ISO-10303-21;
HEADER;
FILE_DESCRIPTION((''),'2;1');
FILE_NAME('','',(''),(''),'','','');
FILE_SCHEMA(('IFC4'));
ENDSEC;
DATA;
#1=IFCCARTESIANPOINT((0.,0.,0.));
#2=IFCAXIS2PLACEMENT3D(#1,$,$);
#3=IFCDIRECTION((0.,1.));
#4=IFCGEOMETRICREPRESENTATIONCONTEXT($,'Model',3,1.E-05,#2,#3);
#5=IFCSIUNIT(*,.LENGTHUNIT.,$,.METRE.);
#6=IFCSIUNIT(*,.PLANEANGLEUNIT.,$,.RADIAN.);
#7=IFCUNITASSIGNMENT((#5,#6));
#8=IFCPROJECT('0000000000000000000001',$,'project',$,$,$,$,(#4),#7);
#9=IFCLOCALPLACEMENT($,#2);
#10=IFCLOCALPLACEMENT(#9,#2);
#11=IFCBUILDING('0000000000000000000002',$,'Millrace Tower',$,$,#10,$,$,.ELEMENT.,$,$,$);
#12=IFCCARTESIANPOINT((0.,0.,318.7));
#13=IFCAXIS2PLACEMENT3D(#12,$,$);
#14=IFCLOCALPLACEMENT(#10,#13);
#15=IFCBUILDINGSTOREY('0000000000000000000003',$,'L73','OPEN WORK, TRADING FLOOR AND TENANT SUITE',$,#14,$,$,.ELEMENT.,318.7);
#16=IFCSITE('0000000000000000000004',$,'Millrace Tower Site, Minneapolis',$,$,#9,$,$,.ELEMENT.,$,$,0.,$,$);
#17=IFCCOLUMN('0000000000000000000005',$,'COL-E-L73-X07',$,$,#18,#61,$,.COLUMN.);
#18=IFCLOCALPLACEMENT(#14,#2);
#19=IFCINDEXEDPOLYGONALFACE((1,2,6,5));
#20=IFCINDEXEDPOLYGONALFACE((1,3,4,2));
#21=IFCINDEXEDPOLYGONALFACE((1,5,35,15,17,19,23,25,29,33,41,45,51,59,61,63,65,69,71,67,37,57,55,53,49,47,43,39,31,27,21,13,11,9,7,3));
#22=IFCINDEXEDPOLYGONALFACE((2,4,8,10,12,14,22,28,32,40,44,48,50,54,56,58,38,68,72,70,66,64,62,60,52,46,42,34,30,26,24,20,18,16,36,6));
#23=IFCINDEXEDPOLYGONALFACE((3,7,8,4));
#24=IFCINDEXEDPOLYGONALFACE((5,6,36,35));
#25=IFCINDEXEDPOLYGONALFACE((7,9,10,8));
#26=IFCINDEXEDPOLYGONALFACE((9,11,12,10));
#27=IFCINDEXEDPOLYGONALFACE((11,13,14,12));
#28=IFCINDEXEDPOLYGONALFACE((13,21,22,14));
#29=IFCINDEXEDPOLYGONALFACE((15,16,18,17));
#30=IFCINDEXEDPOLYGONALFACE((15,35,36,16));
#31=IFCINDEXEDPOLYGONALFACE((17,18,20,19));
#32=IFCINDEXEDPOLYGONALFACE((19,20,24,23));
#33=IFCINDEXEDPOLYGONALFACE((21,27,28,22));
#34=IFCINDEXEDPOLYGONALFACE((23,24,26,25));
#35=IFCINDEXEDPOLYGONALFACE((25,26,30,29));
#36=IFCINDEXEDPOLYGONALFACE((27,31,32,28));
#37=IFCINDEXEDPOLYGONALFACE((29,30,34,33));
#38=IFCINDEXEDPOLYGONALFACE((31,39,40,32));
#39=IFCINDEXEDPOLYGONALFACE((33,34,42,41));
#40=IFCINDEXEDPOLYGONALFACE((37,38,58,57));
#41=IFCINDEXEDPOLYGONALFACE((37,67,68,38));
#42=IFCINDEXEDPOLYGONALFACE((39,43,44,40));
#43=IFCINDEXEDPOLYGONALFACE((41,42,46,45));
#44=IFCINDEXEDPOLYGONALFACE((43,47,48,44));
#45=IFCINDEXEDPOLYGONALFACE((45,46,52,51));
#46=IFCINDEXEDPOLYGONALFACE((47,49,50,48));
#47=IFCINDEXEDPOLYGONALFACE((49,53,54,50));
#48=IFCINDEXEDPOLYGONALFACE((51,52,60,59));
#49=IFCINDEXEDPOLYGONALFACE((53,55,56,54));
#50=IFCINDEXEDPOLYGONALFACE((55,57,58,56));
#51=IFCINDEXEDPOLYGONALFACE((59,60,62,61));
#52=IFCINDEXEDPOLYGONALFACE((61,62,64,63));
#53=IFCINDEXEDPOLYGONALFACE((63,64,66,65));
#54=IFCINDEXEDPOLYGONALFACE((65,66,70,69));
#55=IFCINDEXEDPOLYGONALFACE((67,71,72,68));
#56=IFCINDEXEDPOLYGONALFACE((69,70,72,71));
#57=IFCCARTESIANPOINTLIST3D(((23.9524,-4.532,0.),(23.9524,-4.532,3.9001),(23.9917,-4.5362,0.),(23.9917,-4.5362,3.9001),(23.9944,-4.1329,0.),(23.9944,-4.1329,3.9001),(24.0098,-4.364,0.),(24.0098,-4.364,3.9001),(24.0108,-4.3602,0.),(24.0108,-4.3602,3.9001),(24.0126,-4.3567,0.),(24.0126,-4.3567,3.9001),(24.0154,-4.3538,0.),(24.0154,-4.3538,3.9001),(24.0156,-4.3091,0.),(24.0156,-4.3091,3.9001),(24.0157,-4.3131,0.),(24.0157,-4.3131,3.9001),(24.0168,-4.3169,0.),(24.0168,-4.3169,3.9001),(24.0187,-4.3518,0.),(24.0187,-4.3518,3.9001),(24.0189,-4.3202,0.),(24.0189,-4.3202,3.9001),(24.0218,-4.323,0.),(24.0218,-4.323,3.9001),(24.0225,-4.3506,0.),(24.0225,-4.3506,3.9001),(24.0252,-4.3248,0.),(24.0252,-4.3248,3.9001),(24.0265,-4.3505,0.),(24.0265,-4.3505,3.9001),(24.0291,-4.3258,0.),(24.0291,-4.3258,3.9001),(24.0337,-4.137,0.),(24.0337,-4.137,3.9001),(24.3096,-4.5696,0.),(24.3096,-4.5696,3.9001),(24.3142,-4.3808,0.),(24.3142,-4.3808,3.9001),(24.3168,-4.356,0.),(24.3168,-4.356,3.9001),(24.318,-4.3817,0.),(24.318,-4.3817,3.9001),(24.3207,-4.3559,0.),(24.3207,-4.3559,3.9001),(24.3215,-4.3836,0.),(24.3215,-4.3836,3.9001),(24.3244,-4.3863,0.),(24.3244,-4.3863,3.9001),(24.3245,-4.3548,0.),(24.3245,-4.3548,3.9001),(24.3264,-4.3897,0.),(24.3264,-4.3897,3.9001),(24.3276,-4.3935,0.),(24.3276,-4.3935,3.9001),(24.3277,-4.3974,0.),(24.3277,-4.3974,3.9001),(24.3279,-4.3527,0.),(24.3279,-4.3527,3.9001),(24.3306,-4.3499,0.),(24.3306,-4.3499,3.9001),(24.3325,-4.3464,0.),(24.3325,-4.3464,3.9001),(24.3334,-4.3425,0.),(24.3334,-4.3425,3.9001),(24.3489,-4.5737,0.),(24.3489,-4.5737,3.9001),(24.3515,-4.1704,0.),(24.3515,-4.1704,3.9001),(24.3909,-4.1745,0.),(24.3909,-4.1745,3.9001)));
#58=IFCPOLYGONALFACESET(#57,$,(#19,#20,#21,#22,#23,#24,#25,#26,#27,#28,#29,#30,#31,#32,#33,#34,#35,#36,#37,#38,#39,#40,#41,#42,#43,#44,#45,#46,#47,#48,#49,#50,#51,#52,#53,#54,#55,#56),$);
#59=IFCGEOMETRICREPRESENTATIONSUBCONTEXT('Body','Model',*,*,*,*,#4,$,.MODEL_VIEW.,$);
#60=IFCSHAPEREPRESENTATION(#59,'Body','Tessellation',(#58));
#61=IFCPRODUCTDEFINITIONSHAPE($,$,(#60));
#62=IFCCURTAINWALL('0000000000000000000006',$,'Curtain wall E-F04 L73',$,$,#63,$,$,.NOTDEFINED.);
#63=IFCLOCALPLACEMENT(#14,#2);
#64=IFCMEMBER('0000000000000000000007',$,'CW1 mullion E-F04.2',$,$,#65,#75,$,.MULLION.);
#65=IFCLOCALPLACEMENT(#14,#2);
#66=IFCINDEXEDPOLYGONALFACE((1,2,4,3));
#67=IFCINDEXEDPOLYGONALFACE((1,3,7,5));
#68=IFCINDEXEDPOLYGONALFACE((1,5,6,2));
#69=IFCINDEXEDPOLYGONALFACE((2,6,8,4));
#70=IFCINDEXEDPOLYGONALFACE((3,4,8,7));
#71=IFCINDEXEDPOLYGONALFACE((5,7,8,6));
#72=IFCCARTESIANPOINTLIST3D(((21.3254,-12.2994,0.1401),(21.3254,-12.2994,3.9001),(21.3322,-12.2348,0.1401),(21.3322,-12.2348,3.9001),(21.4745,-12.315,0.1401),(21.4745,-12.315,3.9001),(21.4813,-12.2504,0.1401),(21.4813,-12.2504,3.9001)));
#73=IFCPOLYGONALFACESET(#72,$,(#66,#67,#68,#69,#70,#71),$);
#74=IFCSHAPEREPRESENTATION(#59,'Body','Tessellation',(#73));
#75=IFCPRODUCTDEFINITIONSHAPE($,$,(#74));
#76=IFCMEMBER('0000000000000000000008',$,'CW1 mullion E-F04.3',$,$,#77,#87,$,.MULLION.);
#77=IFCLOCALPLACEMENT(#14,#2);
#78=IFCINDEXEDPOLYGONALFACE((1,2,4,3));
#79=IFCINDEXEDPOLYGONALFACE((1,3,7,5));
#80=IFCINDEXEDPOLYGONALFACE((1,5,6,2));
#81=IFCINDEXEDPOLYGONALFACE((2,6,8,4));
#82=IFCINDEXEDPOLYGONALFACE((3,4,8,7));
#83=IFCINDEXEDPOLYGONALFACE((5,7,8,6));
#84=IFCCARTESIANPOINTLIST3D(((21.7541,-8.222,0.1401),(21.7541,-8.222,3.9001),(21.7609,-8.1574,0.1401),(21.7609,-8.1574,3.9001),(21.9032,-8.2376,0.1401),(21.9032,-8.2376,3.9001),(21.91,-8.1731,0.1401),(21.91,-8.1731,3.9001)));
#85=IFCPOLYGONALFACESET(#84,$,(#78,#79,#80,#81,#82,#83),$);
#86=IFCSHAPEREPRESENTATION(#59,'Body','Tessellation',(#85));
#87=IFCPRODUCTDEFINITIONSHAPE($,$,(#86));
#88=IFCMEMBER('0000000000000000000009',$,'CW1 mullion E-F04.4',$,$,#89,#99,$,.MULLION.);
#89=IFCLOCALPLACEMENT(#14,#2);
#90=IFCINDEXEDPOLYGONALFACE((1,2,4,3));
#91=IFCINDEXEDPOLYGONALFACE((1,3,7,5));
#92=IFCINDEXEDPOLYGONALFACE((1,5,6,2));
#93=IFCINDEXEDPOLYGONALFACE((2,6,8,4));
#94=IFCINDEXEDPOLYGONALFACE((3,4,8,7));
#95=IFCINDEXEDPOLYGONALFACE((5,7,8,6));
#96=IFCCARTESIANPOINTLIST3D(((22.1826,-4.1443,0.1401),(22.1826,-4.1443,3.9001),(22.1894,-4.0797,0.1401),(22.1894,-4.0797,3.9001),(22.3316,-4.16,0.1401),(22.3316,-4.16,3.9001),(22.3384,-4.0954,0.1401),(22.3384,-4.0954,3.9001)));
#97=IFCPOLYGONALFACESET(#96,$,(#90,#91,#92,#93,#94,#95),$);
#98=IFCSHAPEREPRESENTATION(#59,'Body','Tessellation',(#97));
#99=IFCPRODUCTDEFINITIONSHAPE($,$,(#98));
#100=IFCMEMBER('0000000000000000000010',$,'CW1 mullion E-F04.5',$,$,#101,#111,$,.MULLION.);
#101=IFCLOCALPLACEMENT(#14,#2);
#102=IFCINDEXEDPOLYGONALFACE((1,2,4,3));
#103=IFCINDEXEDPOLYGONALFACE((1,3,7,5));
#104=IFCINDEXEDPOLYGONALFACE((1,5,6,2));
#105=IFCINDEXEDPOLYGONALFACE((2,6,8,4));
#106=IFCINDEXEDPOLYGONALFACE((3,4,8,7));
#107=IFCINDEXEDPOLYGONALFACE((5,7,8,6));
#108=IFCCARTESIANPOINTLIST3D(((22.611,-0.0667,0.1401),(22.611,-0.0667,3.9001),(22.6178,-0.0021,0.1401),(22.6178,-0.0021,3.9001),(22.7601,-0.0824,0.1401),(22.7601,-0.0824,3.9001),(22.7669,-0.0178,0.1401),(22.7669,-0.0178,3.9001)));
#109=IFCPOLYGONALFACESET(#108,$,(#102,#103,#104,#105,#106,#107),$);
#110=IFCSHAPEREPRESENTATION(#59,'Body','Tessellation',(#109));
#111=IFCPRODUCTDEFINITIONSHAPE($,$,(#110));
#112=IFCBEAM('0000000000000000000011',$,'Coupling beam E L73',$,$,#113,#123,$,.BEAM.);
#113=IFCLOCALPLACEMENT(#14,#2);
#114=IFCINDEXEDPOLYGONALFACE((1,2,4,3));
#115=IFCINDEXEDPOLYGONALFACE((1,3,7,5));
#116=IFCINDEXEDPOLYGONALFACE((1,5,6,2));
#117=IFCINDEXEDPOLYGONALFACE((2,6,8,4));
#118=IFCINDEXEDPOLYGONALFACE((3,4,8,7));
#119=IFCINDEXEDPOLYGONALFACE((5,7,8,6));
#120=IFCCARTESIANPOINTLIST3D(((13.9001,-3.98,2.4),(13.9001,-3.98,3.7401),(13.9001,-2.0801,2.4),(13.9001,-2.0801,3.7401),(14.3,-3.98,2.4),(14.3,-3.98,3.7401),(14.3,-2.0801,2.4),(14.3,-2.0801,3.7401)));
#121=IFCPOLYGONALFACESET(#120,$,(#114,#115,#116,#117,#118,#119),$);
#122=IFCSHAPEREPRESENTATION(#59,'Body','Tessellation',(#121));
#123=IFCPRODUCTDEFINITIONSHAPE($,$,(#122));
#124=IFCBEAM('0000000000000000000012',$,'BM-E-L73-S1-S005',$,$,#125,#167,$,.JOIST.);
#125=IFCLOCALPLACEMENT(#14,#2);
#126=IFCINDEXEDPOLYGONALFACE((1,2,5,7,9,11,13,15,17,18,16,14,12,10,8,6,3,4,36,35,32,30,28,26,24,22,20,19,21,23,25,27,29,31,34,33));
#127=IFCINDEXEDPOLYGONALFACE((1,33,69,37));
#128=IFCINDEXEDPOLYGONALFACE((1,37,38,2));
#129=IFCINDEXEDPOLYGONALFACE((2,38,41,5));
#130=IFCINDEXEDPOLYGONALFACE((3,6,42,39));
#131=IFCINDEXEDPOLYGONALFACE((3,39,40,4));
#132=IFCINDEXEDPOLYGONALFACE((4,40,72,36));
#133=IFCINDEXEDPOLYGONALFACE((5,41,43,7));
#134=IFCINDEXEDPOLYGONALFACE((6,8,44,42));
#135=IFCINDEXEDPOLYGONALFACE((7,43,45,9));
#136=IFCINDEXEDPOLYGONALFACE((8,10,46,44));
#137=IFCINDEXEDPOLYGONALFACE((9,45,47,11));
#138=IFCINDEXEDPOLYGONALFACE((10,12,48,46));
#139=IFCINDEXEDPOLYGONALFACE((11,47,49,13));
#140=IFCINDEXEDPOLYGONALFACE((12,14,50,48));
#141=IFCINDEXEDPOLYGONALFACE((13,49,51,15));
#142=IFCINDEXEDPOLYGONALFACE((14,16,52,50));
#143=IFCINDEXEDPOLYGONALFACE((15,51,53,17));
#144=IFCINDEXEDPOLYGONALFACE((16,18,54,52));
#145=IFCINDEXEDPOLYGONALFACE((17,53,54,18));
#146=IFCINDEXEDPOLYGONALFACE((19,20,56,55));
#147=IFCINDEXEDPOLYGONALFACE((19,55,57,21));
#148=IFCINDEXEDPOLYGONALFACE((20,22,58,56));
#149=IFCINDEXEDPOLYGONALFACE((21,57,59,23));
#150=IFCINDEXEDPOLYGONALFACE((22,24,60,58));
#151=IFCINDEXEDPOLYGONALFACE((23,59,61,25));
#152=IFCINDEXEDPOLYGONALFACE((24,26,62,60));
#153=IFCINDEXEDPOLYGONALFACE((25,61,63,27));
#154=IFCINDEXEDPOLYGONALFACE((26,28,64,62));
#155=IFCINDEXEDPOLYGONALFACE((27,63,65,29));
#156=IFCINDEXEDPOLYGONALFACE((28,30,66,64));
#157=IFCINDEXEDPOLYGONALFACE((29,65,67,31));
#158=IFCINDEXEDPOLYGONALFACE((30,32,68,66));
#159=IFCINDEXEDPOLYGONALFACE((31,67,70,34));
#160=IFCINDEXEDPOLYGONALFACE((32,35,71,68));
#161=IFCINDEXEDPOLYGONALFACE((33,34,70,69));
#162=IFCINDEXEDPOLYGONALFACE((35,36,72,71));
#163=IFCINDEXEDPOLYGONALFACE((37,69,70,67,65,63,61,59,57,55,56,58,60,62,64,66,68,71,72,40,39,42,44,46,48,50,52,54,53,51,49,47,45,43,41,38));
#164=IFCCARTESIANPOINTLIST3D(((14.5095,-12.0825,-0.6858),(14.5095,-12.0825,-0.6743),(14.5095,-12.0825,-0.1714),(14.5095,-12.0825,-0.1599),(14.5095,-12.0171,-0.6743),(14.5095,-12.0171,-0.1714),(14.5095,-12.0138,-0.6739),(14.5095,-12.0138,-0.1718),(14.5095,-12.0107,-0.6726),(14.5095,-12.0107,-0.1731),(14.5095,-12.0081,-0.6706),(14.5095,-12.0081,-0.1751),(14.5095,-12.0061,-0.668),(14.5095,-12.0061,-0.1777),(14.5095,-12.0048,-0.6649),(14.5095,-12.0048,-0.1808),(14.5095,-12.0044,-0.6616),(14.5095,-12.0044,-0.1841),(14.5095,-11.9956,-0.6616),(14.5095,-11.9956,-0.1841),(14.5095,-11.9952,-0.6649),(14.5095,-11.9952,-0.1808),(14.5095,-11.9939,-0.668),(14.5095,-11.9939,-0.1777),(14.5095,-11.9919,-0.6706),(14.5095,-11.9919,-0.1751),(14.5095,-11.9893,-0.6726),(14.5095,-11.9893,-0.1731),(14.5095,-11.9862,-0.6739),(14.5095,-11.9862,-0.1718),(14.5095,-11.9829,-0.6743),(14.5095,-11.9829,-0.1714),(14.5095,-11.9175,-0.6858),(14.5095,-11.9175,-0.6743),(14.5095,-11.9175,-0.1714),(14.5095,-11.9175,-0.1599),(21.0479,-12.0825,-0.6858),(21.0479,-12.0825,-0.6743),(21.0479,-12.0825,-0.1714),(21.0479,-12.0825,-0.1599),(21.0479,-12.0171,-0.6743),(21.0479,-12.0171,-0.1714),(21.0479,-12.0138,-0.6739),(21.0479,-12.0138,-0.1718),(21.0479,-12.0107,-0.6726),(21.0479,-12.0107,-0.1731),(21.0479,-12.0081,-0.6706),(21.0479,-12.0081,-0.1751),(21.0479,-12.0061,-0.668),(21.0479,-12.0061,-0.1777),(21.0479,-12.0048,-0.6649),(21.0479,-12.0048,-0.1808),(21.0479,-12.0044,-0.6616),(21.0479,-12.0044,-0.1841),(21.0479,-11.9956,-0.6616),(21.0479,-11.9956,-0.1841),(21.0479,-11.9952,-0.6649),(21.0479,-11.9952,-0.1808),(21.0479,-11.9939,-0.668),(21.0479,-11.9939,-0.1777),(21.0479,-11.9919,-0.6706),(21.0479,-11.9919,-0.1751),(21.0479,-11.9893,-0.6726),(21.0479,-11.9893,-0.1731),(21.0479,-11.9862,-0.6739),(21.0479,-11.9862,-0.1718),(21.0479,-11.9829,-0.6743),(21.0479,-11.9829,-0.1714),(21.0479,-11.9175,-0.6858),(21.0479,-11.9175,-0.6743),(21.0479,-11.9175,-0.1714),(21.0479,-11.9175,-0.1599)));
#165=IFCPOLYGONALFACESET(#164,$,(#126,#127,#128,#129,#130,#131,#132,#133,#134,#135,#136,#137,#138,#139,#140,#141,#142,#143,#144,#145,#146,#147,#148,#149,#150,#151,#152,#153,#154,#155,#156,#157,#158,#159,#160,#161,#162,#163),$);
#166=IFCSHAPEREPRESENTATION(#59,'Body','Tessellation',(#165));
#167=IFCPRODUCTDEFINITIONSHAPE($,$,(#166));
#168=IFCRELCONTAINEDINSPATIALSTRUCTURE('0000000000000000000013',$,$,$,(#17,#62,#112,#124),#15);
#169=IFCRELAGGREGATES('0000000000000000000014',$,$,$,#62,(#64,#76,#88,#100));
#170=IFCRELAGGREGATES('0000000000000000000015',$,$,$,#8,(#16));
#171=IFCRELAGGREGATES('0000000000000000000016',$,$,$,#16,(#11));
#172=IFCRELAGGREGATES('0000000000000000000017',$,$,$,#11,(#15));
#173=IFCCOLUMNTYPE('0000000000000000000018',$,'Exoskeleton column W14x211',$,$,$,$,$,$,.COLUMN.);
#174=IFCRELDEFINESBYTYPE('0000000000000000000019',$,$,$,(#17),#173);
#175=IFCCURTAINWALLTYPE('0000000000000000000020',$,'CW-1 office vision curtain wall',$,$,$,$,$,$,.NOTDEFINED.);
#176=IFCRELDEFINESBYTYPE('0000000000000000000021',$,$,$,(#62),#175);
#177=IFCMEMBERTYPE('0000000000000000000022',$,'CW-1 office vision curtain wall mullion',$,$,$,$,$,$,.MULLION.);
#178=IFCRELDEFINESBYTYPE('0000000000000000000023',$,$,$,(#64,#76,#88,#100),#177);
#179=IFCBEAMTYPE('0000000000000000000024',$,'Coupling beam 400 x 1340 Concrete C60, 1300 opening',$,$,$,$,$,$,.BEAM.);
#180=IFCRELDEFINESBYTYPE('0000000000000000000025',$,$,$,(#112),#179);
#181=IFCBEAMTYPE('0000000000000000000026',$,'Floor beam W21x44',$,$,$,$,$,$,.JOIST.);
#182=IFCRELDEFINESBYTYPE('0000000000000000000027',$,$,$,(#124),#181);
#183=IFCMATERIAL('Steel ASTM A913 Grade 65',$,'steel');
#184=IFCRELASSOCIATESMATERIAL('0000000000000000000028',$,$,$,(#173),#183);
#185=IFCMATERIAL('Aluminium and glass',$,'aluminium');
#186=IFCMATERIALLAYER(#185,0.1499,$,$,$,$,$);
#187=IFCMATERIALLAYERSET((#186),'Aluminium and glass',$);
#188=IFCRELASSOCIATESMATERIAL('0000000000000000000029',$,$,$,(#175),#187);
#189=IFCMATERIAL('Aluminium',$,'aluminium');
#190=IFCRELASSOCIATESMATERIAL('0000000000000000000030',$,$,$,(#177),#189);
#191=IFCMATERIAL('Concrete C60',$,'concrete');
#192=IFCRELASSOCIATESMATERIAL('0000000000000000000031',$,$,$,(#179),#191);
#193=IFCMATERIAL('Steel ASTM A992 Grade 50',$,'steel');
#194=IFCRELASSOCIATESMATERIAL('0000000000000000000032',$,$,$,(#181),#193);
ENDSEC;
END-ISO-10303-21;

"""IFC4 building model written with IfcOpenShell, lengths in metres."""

from ifc_helpers import new_model, si_unit, direction, frame, origin, origin_2d, place, context, subcontext, project, spatial, rectangle, i_section, extrude, material, layer, layer_set, material_profile, profile_set, type_object, element, aggregate, save


model = new_model("IFC4")

# Units and contexts
model_context = context("Model", 3, precision=1e-05, world=origin(), true_north=direction((0.0, 1.0)))
body_context = subcontext(model_context, "Body", "Model", "MODEL_VIEW")
ifc_project = project(units=[si_unit("LENGTHUNIT", "METRE"), si_unit("PLANEANGLEUNIT", "RADIAN")], contexts=[model_context])

# Site, building, storey
site_placement = place(None, origin())
site = spatial("IfcSite", under=ifc_project, at=site_placement, Name="Millrace Tower Site, Minneapolis", CompositionType="ELEMENT", RefElevation=0.0)
building_placement = place(site_placement, origin())
building = spatial("IfcBuilding", under=site, at=building_placement, Name="Millrace Tower", CompositionType="ELEMENT")
storey_placement = place(building_placement, frame((0.0, 0.0, 318.7)))
storey = spatial("IfcBuildingStorey", under=building, at=storey_placement, Name="L73", Description="OPEN WORK, TRADING FLOOR AND TENANT SUITE", CompositionType="ELEMENT", Elevation=318.7)

# Column
ifc_material_1 = material(Name="Steel ASTM A913 Grade 65", Category="steel")
ifc_material_profile_1 = material_profile(ifc_material_1, i_section(OverallWidth=0.4014, OverallDepth=0.3987, WebThickness=0.0249, FlangeThickness=0.0396, FilletRadius=0.0151, at=origin_2d()))
ifc_profile_set_1 = profile_set([ifc_material_profile_1], Name="Steel ASTM A913 Grade 65")
column_type = type_object("IfcColumnType", Name="Exoskeleton column W14x211", PredefinedType="COLUMN", material=ifc_profile_set_1)
column_placement = place(storey_placement, frame((24.1716, -4.3533, 0.0), z_axis=(0.0, 0.0, 1.0), x_axis=(0.104528, 0.994522, 0.0)))
element("IfcColumn", 1, at=column_placement, inside=storey, type_object=column_type, Name="COL-E-L73-X07", PredefinedType="COLUMN", context=body_context, shape_type="SweptSolid", body=[
    extrude(i_section(OverallWidth=0.4014, OverallDepth=0.3987, WebThickness=0.0249, FlangeThickness=0.0396, FilletRadius=0.0151, at=origin_2d()), origin(), (0.0, 0.0, 1.0), 3.9001),
])

# Curtain wall, members
ifc_material_2 = material(Name="Aluminium and glass", Category="aluminium")
ifc_layer_1 = layer(ifc_material_2, 0.1499)
ifc_layer_set_1 = layer_set([ifc_layer_1], Name="Aluminium and glass")
curtain_wall_type = type_object("IfcCurtainWallType", Name="CW-1 office vision curtain wall", PredefinedType="NOTDEFINED", material=ifc_layer_set_1)
placement = place(storey_placement, origin())
curtain_wall = element("IfcCurtainWall", 2, at=placement, inside=storey, type_object=curtain_wall_type, Name="Curtain wall E-F04 L73", PredefinedType="NOTDEFINED")
ifc_material_3 = material(Name="Aluminium", Category="aluminium")
ifc_material_profile_2 = material_profile(ifc_material_3, rectangle(XDim=0.0649, YDim=0.1499, at=origin_2d()))
ifc_profile_set_2 = profile_set([ifc_material_profile_2], Name="Aluminium")
member_type = type_object("IfcMemberType", Name="CW-1 office vision curtain wall mullion", PredefinedType="MULLION", material=ifc_profile_set_2)
member_1_placement = place(storey_placement, frame((21.4033, -12.2749, 0.1401), z_axis=(0.0, 0.0, 1.0), x_axis=(0.104528, 0.994522, 0.0)))
member_1 = element("IfcMember", 3, at=member_1_placement, type_object=member_type, Name="CW1 mullion E-F04.2", PredefinedType="MULLION", context=body_context, shape_type="SweptSolid", body=[
    extrude(rectangle(XDim=0.0649, YDim=0.1499, at=origin_2d()), origin(), (0.0, 0.0, 1.0), 3.76),
])
member_2_placement = place(storey_placement, frame((21.832, -8.1975, 0.1401), z_axis=(0.0, 0.0, 1.0), x_axis=(0.104528, 0.994522, 0.0)))
member_2 = element("IfcMember", 4, at=member_2_placement, type_object=member_type, Name="CW1 mullion E-F04.3", PredefinedType="MULLION", context=body_context, shape_type="SweptSolid", body=[
    extrude(rectangle(XDim=0.0649, YDim=0.1499, at=origin_2d()), origin(), (0.0, 0.0, 1.0), 3.76),
])
member_3_placement = place(storey_placement, frame((22.2605, -4.1199, 0.1401), z_axis=(0.0, 0.0, 1.0), x_axis=(0.104528, 0.994522, 0.0)))
member_3 = element("IfcMember", 5, at=member_3_placement, type_object=member_type, Name="CW1 mullion E-F04.4", PredefinedType="MULLION", context=body_context, shape_type="SweptSolid", body=[
    extrude(rectangle(XDim=0.0649, YDim=0.1499, at=origin_2d()), origin(), (0.0, 0.0, 1.0), 3.76),
])
member_4_placement = place(storey_placement, frame((22.689, -0.0422, 0.1401), z_axis=(0.0, 0.0, 1.0), x_axis=(0.104528, 0.994522, 0.0)))
member_4 = element("IfcMember", 6, at=member_4_placement, type_object=member_type, Name="CW1 mullion E-F04.5", PredefinedType="MULLION", context=body_context, shape_type="SweptSolid", body=[
    extrude(rectangle(XDim=0.0649, YDim=0.1499, at=origin_2d()), origin(), (0.0, 0.0, 1.0), 3.76),
])
aggregate(curtain_wall, [member_1, member_2, member_3, member_4])

# Beams
ifc_material_4 = material(Name="Concrete C60", Category="concrete")
ifc_material_profile_3 = material_profile(ifc_material_4, rectangle(XDim=0.3999, YDim=1.3401, at=origin_2d()))
ifc_profile_set_3 = profile_set([ifc_material_profile_3], Name="Concrete C60")
beam_type_1 = type_object("IfcBeamType", Name="Coupling beam 400 x 1340 Concrete C60, 1300 opening", PredefinedType="BEAM", material=ifc_profile_set_3)
beam_1_placement = place(storey_placement, frame((14.1001, -2.0801, 3.0701), z_axis=(0.0, -1.0, 0.0), x_axis=(1.0, 0.0, 0.0)))
element("IfcBeam", 7, at=beam_1_placement, inside=storey, type_object=beam_type_1, Name="Coupling beam E L73", PredefinedType="BEAM", context=body_context, shape_type="SweptSolid", body=[
    extrude(rectangle(XDim=0.3999, YDim=1.3401, at=origin_2d()), origin(), (0.0, 0.0, 1.0), 1.8999),
])
ifc_material_5 = material(Name="Steel ASTM A992 Grade 50", Category="steel")
ifc_material_profile_4 = material_profile(ifc_material_5, i_section(OverallWidth=0.165, OverallDepth=0.5259, WebThickness=0.0088, FlangeThickness=0.0115, FilletRadius=0.0127, at=origin_2d()))
ifc_profile_set_4 = profile_set([ifc_material_profile_4], Name="Steel ASTM A992 Grade 50")
beam_type_2 = type_object("IfcBeamType", Name="Floor beam W21x44", PredefinedType="JOIST", material=ifc_profile_set_4)
beam_2_placement = place(storey_placement, frame((14.5095, -12.0, -0.4229), z_axis=(1.0, 0.0, 0.0), x_axis=(0.0, 1.0, 0.0)))
element("IfcBeam", 8, at=beam_2_placement, inside=storey, type_object=beam_type_2, Name="BM-E-L73-S1-S005", PredefinedType="JOIST", context=body_context, shape_type="SweptSolid", body=[
    extrude(i_section(OverallWidth=0.165, OverallDepth=0.5259, WebThickness=0.0088, FlangeThickness=0.0115, FilletRadius=0.0127, at=origin_2d()), origin(), (0.0, 0.0, 1.0), 6.5383),
])

save(model, "model.ifc")
